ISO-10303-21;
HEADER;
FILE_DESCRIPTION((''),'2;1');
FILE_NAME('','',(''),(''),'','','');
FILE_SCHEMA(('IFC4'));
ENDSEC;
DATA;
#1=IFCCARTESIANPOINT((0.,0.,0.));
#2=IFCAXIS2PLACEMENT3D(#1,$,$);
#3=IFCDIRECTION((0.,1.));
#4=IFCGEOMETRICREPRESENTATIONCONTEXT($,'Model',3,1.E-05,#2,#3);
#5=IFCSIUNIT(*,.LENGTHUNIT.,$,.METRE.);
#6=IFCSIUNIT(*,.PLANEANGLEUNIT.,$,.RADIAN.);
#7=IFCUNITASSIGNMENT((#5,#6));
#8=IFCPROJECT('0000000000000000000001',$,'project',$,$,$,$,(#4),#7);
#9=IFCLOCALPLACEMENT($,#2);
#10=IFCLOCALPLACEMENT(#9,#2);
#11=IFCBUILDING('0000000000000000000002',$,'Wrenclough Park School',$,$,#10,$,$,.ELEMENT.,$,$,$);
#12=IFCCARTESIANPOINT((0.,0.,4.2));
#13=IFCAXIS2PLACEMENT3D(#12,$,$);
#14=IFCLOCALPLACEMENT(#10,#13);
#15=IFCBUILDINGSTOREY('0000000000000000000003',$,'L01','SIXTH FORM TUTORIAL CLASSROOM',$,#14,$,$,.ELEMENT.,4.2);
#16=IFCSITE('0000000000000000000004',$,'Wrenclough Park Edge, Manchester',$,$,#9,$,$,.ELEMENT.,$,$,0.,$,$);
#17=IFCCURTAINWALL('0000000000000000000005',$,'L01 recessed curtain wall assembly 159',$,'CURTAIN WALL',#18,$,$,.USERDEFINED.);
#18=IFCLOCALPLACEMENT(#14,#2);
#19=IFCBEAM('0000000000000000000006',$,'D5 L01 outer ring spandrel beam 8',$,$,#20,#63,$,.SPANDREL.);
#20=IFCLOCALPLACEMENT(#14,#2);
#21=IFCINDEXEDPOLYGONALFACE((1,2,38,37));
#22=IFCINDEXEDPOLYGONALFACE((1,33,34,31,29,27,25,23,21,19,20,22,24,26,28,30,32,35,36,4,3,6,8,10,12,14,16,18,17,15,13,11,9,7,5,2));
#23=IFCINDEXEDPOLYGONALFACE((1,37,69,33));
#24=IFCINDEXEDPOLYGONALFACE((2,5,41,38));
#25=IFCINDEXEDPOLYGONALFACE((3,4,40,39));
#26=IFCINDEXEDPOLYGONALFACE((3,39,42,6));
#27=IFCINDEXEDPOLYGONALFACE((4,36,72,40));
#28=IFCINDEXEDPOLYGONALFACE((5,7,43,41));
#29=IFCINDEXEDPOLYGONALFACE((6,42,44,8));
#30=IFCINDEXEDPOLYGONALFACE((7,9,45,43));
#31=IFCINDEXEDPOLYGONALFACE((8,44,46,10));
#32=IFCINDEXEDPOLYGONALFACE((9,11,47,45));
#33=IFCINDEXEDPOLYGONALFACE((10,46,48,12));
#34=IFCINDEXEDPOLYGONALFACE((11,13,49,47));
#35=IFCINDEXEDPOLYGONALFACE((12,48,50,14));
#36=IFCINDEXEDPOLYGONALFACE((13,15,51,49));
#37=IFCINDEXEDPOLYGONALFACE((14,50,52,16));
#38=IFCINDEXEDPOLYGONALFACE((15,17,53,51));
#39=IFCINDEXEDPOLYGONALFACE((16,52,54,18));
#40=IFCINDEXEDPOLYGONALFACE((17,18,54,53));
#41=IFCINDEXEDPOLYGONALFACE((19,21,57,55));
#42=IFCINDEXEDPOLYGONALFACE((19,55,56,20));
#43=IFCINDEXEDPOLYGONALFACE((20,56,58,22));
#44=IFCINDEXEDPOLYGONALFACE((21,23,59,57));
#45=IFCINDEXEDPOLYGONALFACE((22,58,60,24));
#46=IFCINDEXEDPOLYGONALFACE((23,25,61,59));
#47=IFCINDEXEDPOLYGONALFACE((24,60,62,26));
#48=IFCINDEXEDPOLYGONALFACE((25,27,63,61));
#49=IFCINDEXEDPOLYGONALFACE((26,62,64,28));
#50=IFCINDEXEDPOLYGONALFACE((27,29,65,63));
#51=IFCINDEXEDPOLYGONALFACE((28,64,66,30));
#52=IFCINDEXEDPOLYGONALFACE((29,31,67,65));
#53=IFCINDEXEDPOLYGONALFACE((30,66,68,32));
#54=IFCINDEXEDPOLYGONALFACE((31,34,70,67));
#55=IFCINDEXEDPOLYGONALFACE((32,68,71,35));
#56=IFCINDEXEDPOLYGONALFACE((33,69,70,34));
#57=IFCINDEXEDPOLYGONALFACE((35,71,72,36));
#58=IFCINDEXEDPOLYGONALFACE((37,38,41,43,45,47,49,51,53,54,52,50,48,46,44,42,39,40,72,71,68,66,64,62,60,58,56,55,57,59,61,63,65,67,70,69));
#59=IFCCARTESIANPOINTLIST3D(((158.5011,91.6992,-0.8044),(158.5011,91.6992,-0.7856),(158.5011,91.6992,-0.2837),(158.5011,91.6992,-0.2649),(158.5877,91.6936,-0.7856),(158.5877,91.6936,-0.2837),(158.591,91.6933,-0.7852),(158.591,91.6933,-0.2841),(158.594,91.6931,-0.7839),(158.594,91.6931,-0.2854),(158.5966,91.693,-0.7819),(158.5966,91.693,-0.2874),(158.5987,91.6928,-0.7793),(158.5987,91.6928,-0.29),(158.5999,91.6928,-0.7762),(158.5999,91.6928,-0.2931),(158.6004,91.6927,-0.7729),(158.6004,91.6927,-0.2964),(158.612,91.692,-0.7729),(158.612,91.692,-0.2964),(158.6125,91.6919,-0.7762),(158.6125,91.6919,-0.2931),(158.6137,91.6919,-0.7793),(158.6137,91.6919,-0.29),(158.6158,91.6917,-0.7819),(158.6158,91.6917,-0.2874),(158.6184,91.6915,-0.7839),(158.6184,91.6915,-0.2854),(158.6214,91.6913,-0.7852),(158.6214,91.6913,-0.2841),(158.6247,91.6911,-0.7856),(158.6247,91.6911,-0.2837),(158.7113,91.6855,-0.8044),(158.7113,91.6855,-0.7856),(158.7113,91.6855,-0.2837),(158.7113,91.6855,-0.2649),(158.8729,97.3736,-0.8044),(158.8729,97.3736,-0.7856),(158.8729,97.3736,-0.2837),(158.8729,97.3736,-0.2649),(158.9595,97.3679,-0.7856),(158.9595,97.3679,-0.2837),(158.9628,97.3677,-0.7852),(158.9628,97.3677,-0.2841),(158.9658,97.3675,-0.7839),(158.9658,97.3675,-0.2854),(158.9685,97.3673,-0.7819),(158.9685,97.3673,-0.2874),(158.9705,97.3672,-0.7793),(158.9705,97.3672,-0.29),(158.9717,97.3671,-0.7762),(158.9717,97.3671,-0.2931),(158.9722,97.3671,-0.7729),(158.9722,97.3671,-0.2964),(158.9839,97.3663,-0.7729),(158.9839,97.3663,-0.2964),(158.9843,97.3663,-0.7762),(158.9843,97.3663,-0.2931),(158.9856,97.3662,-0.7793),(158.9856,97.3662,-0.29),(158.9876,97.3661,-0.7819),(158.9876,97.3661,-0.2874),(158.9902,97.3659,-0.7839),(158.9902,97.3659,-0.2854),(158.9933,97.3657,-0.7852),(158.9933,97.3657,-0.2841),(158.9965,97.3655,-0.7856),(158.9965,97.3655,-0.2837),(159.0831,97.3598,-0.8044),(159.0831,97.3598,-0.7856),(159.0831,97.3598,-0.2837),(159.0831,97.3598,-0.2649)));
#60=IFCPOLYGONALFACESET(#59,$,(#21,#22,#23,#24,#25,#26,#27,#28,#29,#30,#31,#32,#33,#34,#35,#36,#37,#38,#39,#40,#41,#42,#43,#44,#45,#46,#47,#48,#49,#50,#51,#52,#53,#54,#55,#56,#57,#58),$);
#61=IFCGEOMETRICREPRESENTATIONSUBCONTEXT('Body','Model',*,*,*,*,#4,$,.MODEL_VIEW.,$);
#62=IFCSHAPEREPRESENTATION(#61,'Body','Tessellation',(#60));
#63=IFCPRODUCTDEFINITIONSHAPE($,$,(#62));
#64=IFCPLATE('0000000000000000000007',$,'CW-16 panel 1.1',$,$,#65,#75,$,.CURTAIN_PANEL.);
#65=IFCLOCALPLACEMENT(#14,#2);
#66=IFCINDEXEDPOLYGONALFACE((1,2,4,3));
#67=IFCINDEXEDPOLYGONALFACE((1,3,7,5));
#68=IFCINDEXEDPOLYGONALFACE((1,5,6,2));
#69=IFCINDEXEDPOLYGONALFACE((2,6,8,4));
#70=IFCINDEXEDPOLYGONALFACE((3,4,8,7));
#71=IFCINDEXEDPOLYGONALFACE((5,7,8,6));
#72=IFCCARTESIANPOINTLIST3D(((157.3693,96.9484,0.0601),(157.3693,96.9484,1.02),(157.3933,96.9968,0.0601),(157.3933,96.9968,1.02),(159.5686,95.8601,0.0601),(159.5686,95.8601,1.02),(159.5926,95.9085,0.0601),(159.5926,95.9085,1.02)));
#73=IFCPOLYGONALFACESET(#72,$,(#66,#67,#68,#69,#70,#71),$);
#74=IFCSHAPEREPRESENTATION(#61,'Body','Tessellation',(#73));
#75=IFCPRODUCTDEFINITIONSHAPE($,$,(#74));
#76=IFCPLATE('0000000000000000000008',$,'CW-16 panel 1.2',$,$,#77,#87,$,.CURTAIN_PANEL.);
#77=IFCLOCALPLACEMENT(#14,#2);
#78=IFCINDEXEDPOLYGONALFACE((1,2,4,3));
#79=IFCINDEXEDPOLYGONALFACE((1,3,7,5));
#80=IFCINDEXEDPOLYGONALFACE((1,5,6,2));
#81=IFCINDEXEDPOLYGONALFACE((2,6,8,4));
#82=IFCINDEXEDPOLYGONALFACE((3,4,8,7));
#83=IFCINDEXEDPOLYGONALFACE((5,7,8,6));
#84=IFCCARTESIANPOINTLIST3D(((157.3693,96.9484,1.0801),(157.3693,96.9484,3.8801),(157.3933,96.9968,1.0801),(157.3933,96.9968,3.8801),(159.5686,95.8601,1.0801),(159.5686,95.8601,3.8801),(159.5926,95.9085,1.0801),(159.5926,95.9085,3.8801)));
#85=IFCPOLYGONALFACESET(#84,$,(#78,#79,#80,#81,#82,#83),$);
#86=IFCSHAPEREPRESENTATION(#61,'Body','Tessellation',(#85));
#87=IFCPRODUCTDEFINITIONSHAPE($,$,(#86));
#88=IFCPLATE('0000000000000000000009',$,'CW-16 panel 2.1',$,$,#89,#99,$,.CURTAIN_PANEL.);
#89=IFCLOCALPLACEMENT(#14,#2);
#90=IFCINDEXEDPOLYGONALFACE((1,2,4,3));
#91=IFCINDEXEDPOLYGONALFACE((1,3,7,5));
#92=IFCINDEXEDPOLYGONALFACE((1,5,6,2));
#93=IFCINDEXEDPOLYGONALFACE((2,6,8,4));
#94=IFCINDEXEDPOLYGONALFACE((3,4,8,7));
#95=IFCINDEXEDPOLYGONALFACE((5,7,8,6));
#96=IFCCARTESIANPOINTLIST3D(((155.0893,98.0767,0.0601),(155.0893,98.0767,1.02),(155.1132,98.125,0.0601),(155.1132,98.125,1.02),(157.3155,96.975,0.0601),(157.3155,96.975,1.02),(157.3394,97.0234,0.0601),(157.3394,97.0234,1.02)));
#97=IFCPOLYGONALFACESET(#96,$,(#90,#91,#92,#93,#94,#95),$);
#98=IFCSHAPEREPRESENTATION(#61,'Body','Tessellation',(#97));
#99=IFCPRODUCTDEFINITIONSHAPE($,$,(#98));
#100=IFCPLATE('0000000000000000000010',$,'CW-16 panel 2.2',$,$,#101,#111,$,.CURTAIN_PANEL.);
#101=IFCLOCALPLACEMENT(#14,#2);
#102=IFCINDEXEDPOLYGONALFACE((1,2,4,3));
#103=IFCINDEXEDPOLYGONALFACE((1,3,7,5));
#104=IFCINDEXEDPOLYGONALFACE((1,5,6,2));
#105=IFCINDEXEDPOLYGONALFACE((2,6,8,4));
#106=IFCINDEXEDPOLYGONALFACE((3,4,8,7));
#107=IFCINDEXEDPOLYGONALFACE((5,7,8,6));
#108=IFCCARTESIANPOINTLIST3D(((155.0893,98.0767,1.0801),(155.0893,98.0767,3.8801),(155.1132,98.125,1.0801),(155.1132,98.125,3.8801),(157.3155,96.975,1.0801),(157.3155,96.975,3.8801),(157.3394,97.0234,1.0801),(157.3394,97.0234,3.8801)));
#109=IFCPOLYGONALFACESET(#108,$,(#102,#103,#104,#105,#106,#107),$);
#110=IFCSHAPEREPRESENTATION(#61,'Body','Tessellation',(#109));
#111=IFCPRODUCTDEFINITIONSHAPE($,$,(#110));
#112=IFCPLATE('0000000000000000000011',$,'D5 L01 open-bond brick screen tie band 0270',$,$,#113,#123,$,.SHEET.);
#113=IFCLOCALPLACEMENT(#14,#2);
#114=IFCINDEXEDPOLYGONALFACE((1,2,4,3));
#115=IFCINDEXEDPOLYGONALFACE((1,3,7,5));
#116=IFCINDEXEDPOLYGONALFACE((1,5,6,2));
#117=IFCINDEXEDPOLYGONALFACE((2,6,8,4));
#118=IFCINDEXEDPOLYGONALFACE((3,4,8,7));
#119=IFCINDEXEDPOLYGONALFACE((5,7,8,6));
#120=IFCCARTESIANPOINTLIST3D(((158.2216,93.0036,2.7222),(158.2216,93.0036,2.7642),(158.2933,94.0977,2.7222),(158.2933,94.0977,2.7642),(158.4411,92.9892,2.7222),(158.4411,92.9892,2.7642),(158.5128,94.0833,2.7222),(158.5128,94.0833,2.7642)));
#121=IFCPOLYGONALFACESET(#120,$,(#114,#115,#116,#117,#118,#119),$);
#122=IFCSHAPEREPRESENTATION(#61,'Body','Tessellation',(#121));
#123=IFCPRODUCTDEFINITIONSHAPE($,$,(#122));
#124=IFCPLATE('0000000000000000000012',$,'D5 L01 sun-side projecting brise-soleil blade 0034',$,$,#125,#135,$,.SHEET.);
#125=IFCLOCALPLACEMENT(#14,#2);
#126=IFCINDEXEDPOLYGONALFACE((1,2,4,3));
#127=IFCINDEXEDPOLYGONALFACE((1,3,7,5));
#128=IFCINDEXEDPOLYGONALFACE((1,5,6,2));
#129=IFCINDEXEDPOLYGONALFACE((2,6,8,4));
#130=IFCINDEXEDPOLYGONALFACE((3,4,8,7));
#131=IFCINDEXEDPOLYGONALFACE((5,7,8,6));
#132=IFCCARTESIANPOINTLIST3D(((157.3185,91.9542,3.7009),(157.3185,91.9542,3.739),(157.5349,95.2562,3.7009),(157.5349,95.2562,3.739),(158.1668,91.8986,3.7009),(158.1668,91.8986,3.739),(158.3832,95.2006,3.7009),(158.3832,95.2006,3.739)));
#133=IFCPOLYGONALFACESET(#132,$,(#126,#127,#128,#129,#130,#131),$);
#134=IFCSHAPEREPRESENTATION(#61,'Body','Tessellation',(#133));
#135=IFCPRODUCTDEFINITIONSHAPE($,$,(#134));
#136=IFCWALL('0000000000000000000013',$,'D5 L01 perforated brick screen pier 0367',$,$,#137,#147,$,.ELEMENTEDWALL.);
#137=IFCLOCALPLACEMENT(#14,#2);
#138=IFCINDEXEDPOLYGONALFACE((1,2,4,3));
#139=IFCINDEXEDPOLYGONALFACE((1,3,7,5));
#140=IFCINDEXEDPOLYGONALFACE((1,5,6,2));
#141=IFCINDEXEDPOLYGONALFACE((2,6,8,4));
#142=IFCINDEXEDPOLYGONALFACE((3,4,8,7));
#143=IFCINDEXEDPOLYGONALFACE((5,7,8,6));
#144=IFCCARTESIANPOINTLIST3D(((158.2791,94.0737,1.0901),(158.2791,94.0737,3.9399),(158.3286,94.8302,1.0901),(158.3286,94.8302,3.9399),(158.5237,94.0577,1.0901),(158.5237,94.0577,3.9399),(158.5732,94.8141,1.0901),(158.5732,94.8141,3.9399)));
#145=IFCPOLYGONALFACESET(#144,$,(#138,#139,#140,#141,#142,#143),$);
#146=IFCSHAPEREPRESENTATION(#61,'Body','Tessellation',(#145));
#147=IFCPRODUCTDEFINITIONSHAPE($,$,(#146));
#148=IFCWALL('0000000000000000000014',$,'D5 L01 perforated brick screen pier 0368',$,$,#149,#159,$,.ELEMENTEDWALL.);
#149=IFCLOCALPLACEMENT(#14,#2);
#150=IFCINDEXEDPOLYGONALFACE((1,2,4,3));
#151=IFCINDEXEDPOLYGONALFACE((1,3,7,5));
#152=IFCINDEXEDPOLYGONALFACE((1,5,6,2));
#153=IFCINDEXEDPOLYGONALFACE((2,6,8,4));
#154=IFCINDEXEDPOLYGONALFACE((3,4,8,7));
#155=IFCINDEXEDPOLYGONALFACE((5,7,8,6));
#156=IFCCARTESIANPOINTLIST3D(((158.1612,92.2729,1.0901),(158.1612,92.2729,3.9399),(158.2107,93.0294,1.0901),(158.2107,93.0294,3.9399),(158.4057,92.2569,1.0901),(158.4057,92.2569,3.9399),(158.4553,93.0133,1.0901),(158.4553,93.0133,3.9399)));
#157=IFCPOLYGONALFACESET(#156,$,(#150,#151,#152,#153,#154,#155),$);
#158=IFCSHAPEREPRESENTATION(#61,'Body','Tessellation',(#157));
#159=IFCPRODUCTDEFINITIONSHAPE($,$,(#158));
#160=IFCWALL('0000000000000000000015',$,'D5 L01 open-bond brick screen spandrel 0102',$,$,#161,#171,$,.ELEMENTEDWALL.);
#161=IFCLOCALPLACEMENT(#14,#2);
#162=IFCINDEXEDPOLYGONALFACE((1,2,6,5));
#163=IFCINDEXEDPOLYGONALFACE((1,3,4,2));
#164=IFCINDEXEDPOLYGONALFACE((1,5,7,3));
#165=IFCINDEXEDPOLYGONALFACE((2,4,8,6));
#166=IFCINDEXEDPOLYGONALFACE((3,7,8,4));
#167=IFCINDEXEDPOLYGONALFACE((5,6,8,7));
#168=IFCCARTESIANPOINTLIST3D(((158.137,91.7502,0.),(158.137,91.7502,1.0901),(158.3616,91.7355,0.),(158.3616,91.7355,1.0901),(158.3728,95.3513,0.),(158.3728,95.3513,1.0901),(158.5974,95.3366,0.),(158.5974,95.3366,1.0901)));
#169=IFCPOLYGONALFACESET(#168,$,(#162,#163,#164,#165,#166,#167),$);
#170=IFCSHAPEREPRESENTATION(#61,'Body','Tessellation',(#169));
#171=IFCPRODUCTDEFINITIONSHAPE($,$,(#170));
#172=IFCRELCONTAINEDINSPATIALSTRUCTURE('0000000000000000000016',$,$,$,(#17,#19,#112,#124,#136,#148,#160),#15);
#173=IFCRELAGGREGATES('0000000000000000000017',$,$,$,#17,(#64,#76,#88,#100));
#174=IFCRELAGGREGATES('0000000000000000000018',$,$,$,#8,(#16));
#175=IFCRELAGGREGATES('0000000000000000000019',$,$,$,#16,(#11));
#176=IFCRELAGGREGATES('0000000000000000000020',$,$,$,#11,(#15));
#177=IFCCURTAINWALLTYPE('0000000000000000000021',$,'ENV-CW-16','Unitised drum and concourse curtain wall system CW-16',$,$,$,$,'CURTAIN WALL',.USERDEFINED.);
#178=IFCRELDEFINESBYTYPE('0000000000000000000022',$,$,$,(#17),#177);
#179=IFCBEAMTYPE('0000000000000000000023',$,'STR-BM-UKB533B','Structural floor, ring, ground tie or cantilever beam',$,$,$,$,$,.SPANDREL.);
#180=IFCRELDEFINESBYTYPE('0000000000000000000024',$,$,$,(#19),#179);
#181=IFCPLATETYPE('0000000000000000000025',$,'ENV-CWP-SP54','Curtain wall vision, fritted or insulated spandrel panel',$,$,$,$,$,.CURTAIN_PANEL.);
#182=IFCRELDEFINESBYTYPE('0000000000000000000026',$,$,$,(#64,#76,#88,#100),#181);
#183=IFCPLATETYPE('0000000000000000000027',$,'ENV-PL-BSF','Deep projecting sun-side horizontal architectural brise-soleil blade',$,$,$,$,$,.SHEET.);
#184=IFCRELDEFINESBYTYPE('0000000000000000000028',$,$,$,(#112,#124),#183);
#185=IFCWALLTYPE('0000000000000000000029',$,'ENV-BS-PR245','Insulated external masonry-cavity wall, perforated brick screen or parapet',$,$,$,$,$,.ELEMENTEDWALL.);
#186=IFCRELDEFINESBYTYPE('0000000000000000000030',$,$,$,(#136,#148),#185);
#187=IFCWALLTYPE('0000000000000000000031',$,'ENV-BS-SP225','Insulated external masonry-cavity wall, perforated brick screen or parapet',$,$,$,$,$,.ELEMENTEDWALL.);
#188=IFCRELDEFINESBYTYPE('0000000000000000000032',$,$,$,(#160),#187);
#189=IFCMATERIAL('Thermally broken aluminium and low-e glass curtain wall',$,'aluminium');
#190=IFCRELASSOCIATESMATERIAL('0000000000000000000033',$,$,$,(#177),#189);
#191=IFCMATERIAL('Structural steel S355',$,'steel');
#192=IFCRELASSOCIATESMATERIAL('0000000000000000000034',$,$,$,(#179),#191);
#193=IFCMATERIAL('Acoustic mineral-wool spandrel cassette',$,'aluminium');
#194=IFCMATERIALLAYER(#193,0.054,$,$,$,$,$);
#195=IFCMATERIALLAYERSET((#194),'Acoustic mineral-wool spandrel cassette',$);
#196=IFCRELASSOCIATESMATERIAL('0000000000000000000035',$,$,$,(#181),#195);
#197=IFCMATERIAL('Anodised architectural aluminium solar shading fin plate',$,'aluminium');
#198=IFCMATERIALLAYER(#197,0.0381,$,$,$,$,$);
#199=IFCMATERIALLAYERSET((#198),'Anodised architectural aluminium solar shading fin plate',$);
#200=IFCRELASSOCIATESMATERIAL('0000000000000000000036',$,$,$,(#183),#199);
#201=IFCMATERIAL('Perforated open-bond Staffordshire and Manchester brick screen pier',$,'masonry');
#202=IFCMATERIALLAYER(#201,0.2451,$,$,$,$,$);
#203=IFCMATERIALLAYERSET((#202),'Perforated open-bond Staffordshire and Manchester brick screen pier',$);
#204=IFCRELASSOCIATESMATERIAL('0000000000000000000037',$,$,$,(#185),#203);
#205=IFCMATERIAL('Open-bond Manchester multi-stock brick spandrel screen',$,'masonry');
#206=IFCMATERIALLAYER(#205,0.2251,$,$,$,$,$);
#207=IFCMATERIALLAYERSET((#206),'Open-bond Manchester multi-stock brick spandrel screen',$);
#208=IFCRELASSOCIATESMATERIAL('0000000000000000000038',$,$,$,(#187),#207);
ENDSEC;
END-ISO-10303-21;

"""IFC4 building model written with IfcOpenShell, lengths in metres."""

from ifc_helpers import new_model, si_unit, direction, frame, frame_2d, origin, origin_2d, place, context, subcontext, project, spatial, rectangle, i_section, extrude, material, layer, layer_set, material_profile, profile_set, type_object, element, aggregate, save


model = new_model("IFC4")

# Units and contexts
model_context = context("Model", 3, precision=1e-05, world=origin(), true_north=direction((0.0, 1.0)))
body_context = subcontext(model_context, "Body", "Model", "MODEL_VIEW")
ifc_project = project(units=[si_unit("LENGTHUNIT", "METRE"), si_unit("PLANEANGLEUNIT", "RADIAN")], contexts=[model_context])

# Site, building, storey
site_placement = place(None, origin())
site = spatial("IfcSite", under=ifc_project, at=site_placement, Name="Wrenclough Park Edge, Manchester", CompositionType="ELEMENT", RefElevation=0.0)
building_placement = place(site_placement, origin())
building = spatial("IfcBuilding", under=site, at=building_placement, Name="Wrenclough Park School", CompositionType="ELEMENT")
storey_placement = place(building_placement, frame((0.0, 0.0, 4.2)))
storey = spatial("IfcBuildingStorey", under=building, at=storey_placement, Name="L01", Description="SIXTH FORM TUTORIAL CLASSROOM", CompositionType="ELEMENT", Elevation=4.2)

# Curtain wall
ifc_material_1 = material(Name="Thermally broken aluminium and low-e glass curtain wall", Category="aluminium")
curtain_wall_type_1 = type_object("IfcCurtainWallType", Name="ENV-CW-16", Description="Unitised drum and concourse curtain wall system CW-16", ElementType="CURTAIN WALL", PredefinedType="USERDEFINED", material=ifc_material_1)
curtain_wall_1_placement = place(storey_placement, origin())
curtain_wall_1 = element("IfcCurtainWall", 1, at=curtain_wall_1_placement, inside=storey, type_object=curtain_wall_type_1, Name="L01 recessed curtain wall assembly 159", ObjectType="CURTAIN WALL", PredefinedType="USERDEFINED")

# Beam
ifc_material_2 = material(Name="Structural steel S355", Category="steel")
ifc_material_profile_1 = material_profile(ifc_material_2, i_section(OverallWidth=0.2107, OverallDepth=0.5396, WebThickness=0.0117, FlangeThickness=0.0188, FilletRadius=0.0127, at=origin_2d()), Name="UKB 533x210x109")
ifc_profile_set_1 = profile_set([ifc_material_profile_1], Name="Structural steel S355")
beam_type_1 = type_object("IfcBeamType", Name="STR-BM-UKB533B", Description="Structural floor, ring, ground tie or cantilever beam", PredefinedType="SPANDREL", material=ifc_profile_set_1)
beam_1_placement = place(storey_placement, frame((158.978, 97.3667, -0.5347), z_axis=(-0.065388, -0.99786, 0.0), x_axis=(0.99786, -0.065388, 0.0)))
element("IfcBeam", 2, at=beam_1_placement, inside=storey, type_object=beam_type_1, Name="D5 L01 outer ring spandrel beam 8", PredefinedType="SPANDREL", context=body_context, shape_type="SweptSolid", body=[
    extrude(i_section(OverallWidth=0.2107, OverallDepth=0.5396, WebThickness=0.0117, FlangeThickness=0.0188, FilletRadius=0.0127, at=origin_2d()), origin(), (0.0, 0.0, 1.0), 5.6865),
])

# Plates
ifc_material_3 = material(Name="Acoustic mineral-wool spandrel cassette", Category="aluminium")
ifc_layer_1 = layer(ifc_material_3, 0.054)
ifc_layer_set_1 = layer_set([ifc_layer_1], Name="Acoustic mineral-wool spandrel cassette")
plate_type_1 = type_object("IfcPlateType", Name="ENV-CWP-SP54", Description="Curtain wall vision, fritted or insulated spandrel panel", PredefinedType="CURTAIN_PANEL", material=ifc_layer_set_1)
plate_1_placement = place(storey_placement, frame((158.481, 96.4285, 0.0601), z_axis=(0.0, 0.0, 1.0), x_axis=(-0.896267, 0.443515, 0.0)))
plate_1 = element("IfcPlate", 3, at=plate_1_placement, type_object=plate_type_1, Name="CW-16 panel 1.1", PredefinedType="CURTAIN_PANEL", context=body_context, shape_type="SweptSolid", body=[
    extrude(rectangle(XDim=2.4539, YDim=0.054, at=origin_2d()), origin(), (0.0, 0.0, 1.0), 0.96),
])
plate_2_placement = place(storey_placement, frame((158.481, 96.4285, 1.0801), z_axis=(0.0, 0.0, 1.0), x_axis=(-0.896267, 0.443515, 0.0)))
plate_2 = element("IfcPlate", 4, at=plate_2_placement, type_object=plate_type_1, Name="CW-16 panel 1.2", PredefinedType="CURTAIN_PANEL", context=body_context, shape_type="SweptSolid", body=[
    extrude(rectangle(XDim=2.4539, YDim=0.054, at=origin_2d()), origin(), (0.0, 0.0, 1.0), 2.8),
])
plate_3_placement = place(storey_placement, frame((156.2144, 97.55, 0.0601), z_axis=(0.0, 0.0, 1.0), x_axis=(-0.896267, 0.443515, 0.0)))
plate_3 = element("IfcPlate", 5, at=plate_3_placement, type_object=plate_type_1, Name="CW-16 panel 2.1", PredefinedType="CURTAIN_PANEL", context=body_context, shape_type="SweptSolid", body=[
    extrude(rectangle(XDim=2.4839, YDim=0.054, at=origin_2d()), origin(), (0.0, 0.0, 1.0), 0.96),
])
plate_4_placement = place(storey_placement, frame((156.2144, 97.55, 1.0801), z_axis=(0.0, 0.0, 1.0), x_axis=(-0.896267, 0.443515, 0.0)))
plate_4 = element("IfcPlate", 6, at=plate_4_placement, type_object=plate_type_1, Name="CW-16 panel 2.2", PredefinedType="CURTAIN_PANEL", context=body_context, shape_type="SweptSolid", body=[
    extrude(rectangle(XDim=2.4839, YDim=0.054, at=origin_2d()), origin(), (0.0, 0.0, 1.0), 2.8),
])
aggregate(curtain_wall_1, [plate_1, plate_2, plate_3, plate_4])

# Plates
ifc_material_4 = material(Name="Anodised architectural aluminium solar shading fin plate", Category="aluminium")
ifc_layer_2 = layer(ifc_material_4, 0.0381)
ifc_layer_set_2 = layer_set([ifc_layer_2], Name="Anodised architectural aluminium solar shading fin plate")
plate_type_2 = type_object("IfcPlateType", Name="ENV-PL-BSF", Description="Deep projecting sun-side horizontal architectural brise-soleil blade", PredefinedType="SHEET", material=ifc_layer_set_2)
plate_5_placement = place(storey_placement, frame((158.3672, 93.5435, 2.7222), z_axis=(0.0, 0.0, 1.0), x_axis=(-0.065392, -0.99786, 0.0)))
element("IfcPlate", 7, at=plate_5_placement, inside=storey, type_object=plate_type_2, Name="D5 L01 open-bond brick screen tie band 0270", PredefinedType="SHEET", context=body_context, shape_type="SweptSolid", body=[
    extrude(rectangle(XDim=1.0964, YDim=0.22, at=origin_2d()), origin(), (0.0, 0.0, 1.0), 0.042),
])
plate_6_placement = place(storey_placement, frame((157.8508, 93.5774, 3.7009), z_axis=(0.0, 0.0, 1.0), x_axis=(-0.065392, -0.99786, 0.0)))
element("IfcPlate", 8, at=plate_6_placement, inside=storey, type_object=plate_type_2, Name="D5 L01 sun-side projecting brise-soleil blade 0034", PredefinedType="SHEET", context=body_context, shape_type="SweptSolid", body=[
    extrude(rectangle(XDim=3.3091, YDim=0.8501, at=origin_2d()), origin(), (0.0, 0.0, 1.0), 0.0381),
])

# Walls
ifc_material_5 = material(Name="Perforated open-bond Staffordshire and Manchester brick screen pier", Category="masonry")
ifc_layer_3 = layer(ifc_material_5, 0.2451)
ifc_layer_set_3 = layer_set([ifc_layer_3], Name="Perforated open-bond Staffordshire and Manchester brick screen pier")
wall_type_1 = type_object("IfcWallType", Name="ENV-BS-PR245", Description="Insulated external masonry-cavity wall, perforated brick screen or parapet", PredefinedType="ELEMENTEDWALL", material=ifc_layer_set_3)
for number, where, z_axis, x_axis, name in (
    (9, (158.4509, 94.822, 1.0901), (0.0, 0.0, 1.0), (-0.065386, -0.99786, 0.0), "D5 L01 perforated brick screen pier 0367"),
    (10, (158.333, 93.0212, 1.0901), (0.0, 0.0, 1.0), (-0.065386, -0.99786, 0.0), "D5 L01 perforated brick screen pier 0368"),
):
    element("IfcWall", number, at=place(storey_placement, frame(where, z_axis=z_axis, x_axis=x_axis)), inside=storey, type_object=wall_type_1, Name=name, PredefinedType="ELEMENTEDWALL", context=body_context, shape_type="SweptSolid", body=[
        extrude(rectangle(XDim=0.7581, YDim=0.2451, at=frame_2d((0.3789, 0.0))), origin(), (0.0, 0.0, 1.0), 2.8499),
    ])
ifc_material_6 = material(Name="Open-bond Manchester multi-stock brick spandrel screen", Category="masonry")
ifc_layer_4 = layer(ifc_material_6, 0.2251)
ifc_layer_set_4 = layer_set([ifc_layer_4], Name="Open-bond Manchester multi-stock brick spandrel screen")
wall_type_2 = type_object("IfcWallType", Name="ENV-BS-SP225", Description="Insulated external masonry-cavity wall, perforated brick screen or parapet", PredefinedType="ELEMENTEDWALL", material=ifc_layer_set_4)
wall_1_placement = place(storey_placement, frame((158.4851, 95.344, 0.0), z_axis=(0.0, 0.0, 1.0), x_axis=(-0.065352, -0.997862, 0.0)))
element("IfcWall", 11, at=wall_1_placement, inside=storey, type_object=wall_type_2, Name="D5 L01 open-bond brick screen spandrel 0102", PredefinedType="ELEMENTEDWALL", context=body_context, shape_type="SweptSolid", body=[
    extrude(rectangle(XDim=3.6089, YDim=0.2251, at=frame_2d((1.8044, 0.0))), origin(), (0.0, 0.0, 1.0), 1.0901),
])

save(model, "model.ifc")
